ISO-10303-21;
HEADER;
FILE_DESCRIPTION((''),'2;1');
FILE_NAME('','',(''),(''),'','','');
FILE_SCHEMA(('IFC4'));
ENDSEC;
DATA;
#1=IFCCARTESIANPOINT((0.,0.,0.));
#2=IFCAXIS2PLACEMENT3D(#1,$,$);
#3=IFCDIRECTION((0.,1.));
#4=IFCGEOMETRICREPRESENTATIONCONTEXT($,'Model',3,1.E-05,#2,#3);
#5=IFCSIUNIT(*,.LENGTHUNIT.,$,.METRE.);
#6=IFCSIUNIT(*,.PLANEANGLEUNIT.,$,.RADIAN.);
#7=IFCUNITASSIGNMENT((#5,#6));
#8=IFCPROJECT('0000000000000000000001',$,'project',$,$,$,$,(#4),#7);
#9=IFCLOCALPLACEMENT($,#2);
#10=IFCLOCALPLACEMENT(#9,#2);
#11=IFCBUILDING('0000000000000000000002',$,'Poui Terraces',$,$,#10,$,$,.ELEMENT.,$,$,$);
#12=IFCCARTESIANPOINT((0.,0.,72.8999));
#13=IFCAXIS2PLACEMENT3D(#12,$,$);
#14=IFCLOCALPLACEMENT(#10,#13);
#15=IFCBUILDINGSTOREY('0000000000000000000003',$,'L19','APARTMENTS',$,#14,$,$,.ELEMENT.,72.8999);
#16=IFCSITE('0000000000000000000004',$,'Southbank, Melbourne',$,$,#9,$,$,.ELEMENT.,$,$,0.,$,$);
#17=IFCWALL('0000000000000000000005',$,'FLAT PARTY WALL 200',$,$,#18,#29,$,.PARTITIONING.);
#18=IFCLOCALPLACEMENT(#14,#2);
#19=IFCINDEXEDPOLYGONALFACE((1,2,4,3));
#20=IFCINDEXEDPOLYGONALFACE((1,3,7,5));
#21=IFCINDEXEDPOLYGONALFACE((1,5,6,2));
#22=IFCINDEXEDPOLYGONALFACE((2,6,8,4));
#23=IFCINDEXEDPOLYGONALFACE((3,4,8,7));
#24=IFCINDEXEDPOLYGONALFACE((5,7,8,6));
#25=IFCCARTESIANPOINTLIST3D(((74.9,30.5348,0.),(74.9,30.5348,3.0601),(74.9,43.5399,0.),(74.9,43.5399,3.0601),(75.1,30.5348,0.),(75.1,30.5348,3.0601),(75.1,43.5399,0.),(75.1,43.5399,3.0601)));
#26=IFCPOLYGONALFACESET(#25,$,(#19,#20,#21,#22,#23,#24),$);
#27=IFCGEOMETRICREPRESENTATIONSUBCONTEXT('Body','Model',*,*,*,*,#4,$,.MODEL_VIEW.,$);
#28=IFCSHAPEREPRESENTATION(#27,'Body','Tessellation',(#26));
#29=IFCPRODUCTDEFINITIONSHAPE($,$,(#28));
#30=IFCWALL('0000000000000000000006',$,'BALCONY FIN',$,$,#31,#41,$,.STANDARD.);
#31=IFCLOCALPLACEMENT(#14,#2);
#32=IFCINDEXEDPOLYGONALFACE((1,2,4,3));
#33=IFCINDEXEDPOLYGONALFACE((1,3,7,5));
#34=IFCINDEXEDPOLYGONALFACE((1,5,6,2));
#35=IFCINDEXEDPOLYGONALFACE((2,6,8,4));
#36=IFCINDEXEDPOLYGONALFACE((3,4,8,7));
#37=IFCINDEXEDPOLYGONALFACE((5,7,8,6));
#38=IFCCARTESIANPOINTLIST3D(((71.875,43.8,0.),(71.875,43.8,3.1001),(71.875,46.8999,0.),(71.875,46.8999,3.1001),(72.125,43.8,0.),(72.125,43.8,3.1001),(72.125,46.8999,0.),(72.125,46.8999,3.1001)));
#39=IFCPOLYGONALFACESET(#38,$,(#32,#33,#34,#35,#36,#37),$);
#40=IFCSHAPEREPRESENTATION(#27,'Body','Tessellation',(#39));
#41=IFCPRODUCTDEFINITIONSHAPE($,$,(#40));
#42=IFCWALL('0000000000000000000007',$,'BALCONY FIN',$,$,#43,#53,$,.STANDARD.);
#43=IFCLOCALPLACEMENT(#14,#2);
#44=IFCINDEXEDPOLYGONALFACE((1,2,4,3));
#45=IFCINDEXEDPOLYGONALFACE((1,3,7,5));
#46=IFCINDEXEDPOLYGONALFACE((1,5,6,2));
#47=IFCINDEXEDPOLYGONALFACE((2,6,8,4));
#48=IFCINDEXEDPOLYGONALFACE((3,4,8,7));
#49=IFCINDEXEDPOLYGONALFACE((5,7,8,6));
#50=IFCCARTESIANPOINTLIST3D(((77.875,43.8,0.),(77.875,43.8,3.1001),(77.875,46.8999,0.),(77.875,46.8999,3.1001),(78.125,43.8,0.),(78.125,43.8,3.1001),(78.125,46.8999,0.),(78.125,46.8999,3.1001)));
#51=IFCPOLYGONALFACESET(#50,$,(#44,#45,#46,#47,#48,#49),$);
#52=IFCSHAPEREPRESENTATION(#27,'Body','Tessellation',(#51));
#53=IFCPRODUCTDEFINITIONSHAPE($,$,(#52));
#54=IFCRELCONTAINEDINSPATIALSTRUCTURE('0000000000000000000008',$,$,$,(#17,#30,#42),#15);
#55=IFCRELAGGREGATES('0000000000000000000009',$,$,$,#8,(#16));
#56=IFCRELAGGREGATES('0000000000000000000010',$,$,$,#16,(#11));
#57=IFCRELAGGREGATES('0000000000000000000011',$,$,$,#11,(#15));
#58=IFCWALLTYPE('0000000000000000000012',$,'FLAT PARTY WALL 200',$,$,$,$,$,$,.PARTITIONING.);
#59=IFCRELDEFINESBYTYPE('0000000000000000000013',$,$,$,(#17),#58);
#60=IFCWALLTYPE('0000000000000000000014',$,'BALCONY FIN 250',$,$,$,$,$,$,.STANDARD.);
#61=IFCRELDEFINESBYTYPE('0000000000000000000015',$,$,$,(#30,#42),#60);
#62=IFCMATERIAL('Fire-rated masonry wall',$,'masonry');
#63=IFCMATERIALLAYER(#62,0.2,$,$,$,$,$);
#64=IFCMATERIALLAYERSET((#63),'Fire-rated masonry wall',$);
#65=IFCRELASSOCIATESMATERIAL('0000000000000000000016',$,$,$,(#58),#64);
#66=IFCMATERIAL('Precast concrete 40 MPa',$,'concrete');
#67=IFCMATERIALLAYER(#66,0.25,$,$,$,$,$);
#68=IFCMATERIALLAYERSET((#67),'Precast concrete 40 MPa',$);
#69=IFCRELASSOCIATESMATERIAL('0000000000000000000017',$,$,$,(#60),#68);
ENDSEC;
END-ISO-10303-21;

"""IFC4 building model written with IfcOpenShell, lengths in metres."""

from ifc_helpers import new_model, si_unit, direction, frame, frame_2d, origin, place, context, subcontext, project, spatial, polyline, rectangle, outline, extrude, source, transform, mapped, material, layer, layer_set, type_object, element, save


model = new_model("IFC4")

# Units and contexts
model_context = context("Model", 3, precision=1e-05, world=origin(), true_north=direction((0.0, 1.0)))
body_context = subcontext(model_context, "Body", "Model", "MODEL_VIEW")
ifc_project = project(units=[si_unit("LENGTHUNIT", "METRE"), si_unit("PLANEANGLEUNIT", "RADIAN")], contexts=[model_context])

# Site, building, storey
site_placement = place(None, origin())
site = spatial("IfcSite", under=ifc_project, at=site_placement, Name="Southbank, Melbourne", CompositionType="ELEMENT", RefElevation=0.0)
building_placement = place(site_placement, origin())
building = spatial("IfcBuilding", under=site, at=building_placement, Name="Poui Terraces", CompositionType="ELEMENT")
storey_placement = place(building_placement, frame((0.0, 0.0, 72.8999)))
storey = spatial("IfcBuildingStorey", under=building, at=storey_placement, Name="L19", Description="APARTMENTS", CompositionType="ELEMENT", Elevation=72.8999)

# Walls
ifc_material_1 = material(Name="Fire-rated masonry wall", Category="masonry")
ifc_layer_1 = layer(ifc_material_1, 0.2)
ifc_layer_set_1 = layer_set([ifc_layer_1], Name="Fire-rated masonry wall")
wall_type_1 = type_object("IfcWallType", Name="FLAT PARTY WALL 200", PredefinedType="PARTITIONING", material=ifc_layer_set_1)
wall_1_placement = place(storey_placement, frame((75.0, 30.5349, 0.0), z_axis=(0.0, 0.0, 1.0), x_axis=(0.0, 1.0, 0.0)))
element("IfcWall", 1, at=wall_1_placement, inside=storey, type_object=wall_type_1, Name="FLAT PARTY WALL 200", PredefinedType="PARTITIONING", context=body_context, shape_type="SweptSolid", body=[
    extrude(rectangle(XDim=13.0051, YDim=0.2, at=frame_2d((6.5024, 0.0))), origin(), (0.0, 0.0, 1.0), 3.0601),
])
ifc_material_2 = material(Name="Precast concrete 40 MPa", Category="concrete")
ifc_layer_2 = layer(ifc_material_2, 0.25)
ifc_layer_set_2 = layer_set([ifc_layer_2], Name="Precast concrete 40 MPa")
wall_type_2 = type_object("IfcWallType", Name="BALCONY FIN 250", PredefinedType="STANDARD", material=ifc_layer_set_2)
shared_shape_1 = source(origin(), body_context, "Body", "SweptSolid", [
    extrude(outline(polyline([(0.0, 0.0), (0.25, 0.0), (0.25, 3.0999), (0.0, 3.0999), (0.0, 0.0)])), origin(), (0.0, 0.0, 1.0), 3.1001),
])
for number, where, name in (
    (2, (71.875, 43.8, 0.0), "BALCONY FIN"),
    (3, (77.875, 43.8, 0.0), "BALCONY FIN"),
):
    element("IfcWall", number, at=place(storey_placement, frame(where)), inside=storey, type_object=wall_type_2, Name=name, PredefinedType="STANDARD", context=body_context, shape_type="MappedRepresentation", body=[
        mapped(shared_shape_1, transform((0.0, 0.0, 0.0))),
    ])

save(model, "model.ifc")
